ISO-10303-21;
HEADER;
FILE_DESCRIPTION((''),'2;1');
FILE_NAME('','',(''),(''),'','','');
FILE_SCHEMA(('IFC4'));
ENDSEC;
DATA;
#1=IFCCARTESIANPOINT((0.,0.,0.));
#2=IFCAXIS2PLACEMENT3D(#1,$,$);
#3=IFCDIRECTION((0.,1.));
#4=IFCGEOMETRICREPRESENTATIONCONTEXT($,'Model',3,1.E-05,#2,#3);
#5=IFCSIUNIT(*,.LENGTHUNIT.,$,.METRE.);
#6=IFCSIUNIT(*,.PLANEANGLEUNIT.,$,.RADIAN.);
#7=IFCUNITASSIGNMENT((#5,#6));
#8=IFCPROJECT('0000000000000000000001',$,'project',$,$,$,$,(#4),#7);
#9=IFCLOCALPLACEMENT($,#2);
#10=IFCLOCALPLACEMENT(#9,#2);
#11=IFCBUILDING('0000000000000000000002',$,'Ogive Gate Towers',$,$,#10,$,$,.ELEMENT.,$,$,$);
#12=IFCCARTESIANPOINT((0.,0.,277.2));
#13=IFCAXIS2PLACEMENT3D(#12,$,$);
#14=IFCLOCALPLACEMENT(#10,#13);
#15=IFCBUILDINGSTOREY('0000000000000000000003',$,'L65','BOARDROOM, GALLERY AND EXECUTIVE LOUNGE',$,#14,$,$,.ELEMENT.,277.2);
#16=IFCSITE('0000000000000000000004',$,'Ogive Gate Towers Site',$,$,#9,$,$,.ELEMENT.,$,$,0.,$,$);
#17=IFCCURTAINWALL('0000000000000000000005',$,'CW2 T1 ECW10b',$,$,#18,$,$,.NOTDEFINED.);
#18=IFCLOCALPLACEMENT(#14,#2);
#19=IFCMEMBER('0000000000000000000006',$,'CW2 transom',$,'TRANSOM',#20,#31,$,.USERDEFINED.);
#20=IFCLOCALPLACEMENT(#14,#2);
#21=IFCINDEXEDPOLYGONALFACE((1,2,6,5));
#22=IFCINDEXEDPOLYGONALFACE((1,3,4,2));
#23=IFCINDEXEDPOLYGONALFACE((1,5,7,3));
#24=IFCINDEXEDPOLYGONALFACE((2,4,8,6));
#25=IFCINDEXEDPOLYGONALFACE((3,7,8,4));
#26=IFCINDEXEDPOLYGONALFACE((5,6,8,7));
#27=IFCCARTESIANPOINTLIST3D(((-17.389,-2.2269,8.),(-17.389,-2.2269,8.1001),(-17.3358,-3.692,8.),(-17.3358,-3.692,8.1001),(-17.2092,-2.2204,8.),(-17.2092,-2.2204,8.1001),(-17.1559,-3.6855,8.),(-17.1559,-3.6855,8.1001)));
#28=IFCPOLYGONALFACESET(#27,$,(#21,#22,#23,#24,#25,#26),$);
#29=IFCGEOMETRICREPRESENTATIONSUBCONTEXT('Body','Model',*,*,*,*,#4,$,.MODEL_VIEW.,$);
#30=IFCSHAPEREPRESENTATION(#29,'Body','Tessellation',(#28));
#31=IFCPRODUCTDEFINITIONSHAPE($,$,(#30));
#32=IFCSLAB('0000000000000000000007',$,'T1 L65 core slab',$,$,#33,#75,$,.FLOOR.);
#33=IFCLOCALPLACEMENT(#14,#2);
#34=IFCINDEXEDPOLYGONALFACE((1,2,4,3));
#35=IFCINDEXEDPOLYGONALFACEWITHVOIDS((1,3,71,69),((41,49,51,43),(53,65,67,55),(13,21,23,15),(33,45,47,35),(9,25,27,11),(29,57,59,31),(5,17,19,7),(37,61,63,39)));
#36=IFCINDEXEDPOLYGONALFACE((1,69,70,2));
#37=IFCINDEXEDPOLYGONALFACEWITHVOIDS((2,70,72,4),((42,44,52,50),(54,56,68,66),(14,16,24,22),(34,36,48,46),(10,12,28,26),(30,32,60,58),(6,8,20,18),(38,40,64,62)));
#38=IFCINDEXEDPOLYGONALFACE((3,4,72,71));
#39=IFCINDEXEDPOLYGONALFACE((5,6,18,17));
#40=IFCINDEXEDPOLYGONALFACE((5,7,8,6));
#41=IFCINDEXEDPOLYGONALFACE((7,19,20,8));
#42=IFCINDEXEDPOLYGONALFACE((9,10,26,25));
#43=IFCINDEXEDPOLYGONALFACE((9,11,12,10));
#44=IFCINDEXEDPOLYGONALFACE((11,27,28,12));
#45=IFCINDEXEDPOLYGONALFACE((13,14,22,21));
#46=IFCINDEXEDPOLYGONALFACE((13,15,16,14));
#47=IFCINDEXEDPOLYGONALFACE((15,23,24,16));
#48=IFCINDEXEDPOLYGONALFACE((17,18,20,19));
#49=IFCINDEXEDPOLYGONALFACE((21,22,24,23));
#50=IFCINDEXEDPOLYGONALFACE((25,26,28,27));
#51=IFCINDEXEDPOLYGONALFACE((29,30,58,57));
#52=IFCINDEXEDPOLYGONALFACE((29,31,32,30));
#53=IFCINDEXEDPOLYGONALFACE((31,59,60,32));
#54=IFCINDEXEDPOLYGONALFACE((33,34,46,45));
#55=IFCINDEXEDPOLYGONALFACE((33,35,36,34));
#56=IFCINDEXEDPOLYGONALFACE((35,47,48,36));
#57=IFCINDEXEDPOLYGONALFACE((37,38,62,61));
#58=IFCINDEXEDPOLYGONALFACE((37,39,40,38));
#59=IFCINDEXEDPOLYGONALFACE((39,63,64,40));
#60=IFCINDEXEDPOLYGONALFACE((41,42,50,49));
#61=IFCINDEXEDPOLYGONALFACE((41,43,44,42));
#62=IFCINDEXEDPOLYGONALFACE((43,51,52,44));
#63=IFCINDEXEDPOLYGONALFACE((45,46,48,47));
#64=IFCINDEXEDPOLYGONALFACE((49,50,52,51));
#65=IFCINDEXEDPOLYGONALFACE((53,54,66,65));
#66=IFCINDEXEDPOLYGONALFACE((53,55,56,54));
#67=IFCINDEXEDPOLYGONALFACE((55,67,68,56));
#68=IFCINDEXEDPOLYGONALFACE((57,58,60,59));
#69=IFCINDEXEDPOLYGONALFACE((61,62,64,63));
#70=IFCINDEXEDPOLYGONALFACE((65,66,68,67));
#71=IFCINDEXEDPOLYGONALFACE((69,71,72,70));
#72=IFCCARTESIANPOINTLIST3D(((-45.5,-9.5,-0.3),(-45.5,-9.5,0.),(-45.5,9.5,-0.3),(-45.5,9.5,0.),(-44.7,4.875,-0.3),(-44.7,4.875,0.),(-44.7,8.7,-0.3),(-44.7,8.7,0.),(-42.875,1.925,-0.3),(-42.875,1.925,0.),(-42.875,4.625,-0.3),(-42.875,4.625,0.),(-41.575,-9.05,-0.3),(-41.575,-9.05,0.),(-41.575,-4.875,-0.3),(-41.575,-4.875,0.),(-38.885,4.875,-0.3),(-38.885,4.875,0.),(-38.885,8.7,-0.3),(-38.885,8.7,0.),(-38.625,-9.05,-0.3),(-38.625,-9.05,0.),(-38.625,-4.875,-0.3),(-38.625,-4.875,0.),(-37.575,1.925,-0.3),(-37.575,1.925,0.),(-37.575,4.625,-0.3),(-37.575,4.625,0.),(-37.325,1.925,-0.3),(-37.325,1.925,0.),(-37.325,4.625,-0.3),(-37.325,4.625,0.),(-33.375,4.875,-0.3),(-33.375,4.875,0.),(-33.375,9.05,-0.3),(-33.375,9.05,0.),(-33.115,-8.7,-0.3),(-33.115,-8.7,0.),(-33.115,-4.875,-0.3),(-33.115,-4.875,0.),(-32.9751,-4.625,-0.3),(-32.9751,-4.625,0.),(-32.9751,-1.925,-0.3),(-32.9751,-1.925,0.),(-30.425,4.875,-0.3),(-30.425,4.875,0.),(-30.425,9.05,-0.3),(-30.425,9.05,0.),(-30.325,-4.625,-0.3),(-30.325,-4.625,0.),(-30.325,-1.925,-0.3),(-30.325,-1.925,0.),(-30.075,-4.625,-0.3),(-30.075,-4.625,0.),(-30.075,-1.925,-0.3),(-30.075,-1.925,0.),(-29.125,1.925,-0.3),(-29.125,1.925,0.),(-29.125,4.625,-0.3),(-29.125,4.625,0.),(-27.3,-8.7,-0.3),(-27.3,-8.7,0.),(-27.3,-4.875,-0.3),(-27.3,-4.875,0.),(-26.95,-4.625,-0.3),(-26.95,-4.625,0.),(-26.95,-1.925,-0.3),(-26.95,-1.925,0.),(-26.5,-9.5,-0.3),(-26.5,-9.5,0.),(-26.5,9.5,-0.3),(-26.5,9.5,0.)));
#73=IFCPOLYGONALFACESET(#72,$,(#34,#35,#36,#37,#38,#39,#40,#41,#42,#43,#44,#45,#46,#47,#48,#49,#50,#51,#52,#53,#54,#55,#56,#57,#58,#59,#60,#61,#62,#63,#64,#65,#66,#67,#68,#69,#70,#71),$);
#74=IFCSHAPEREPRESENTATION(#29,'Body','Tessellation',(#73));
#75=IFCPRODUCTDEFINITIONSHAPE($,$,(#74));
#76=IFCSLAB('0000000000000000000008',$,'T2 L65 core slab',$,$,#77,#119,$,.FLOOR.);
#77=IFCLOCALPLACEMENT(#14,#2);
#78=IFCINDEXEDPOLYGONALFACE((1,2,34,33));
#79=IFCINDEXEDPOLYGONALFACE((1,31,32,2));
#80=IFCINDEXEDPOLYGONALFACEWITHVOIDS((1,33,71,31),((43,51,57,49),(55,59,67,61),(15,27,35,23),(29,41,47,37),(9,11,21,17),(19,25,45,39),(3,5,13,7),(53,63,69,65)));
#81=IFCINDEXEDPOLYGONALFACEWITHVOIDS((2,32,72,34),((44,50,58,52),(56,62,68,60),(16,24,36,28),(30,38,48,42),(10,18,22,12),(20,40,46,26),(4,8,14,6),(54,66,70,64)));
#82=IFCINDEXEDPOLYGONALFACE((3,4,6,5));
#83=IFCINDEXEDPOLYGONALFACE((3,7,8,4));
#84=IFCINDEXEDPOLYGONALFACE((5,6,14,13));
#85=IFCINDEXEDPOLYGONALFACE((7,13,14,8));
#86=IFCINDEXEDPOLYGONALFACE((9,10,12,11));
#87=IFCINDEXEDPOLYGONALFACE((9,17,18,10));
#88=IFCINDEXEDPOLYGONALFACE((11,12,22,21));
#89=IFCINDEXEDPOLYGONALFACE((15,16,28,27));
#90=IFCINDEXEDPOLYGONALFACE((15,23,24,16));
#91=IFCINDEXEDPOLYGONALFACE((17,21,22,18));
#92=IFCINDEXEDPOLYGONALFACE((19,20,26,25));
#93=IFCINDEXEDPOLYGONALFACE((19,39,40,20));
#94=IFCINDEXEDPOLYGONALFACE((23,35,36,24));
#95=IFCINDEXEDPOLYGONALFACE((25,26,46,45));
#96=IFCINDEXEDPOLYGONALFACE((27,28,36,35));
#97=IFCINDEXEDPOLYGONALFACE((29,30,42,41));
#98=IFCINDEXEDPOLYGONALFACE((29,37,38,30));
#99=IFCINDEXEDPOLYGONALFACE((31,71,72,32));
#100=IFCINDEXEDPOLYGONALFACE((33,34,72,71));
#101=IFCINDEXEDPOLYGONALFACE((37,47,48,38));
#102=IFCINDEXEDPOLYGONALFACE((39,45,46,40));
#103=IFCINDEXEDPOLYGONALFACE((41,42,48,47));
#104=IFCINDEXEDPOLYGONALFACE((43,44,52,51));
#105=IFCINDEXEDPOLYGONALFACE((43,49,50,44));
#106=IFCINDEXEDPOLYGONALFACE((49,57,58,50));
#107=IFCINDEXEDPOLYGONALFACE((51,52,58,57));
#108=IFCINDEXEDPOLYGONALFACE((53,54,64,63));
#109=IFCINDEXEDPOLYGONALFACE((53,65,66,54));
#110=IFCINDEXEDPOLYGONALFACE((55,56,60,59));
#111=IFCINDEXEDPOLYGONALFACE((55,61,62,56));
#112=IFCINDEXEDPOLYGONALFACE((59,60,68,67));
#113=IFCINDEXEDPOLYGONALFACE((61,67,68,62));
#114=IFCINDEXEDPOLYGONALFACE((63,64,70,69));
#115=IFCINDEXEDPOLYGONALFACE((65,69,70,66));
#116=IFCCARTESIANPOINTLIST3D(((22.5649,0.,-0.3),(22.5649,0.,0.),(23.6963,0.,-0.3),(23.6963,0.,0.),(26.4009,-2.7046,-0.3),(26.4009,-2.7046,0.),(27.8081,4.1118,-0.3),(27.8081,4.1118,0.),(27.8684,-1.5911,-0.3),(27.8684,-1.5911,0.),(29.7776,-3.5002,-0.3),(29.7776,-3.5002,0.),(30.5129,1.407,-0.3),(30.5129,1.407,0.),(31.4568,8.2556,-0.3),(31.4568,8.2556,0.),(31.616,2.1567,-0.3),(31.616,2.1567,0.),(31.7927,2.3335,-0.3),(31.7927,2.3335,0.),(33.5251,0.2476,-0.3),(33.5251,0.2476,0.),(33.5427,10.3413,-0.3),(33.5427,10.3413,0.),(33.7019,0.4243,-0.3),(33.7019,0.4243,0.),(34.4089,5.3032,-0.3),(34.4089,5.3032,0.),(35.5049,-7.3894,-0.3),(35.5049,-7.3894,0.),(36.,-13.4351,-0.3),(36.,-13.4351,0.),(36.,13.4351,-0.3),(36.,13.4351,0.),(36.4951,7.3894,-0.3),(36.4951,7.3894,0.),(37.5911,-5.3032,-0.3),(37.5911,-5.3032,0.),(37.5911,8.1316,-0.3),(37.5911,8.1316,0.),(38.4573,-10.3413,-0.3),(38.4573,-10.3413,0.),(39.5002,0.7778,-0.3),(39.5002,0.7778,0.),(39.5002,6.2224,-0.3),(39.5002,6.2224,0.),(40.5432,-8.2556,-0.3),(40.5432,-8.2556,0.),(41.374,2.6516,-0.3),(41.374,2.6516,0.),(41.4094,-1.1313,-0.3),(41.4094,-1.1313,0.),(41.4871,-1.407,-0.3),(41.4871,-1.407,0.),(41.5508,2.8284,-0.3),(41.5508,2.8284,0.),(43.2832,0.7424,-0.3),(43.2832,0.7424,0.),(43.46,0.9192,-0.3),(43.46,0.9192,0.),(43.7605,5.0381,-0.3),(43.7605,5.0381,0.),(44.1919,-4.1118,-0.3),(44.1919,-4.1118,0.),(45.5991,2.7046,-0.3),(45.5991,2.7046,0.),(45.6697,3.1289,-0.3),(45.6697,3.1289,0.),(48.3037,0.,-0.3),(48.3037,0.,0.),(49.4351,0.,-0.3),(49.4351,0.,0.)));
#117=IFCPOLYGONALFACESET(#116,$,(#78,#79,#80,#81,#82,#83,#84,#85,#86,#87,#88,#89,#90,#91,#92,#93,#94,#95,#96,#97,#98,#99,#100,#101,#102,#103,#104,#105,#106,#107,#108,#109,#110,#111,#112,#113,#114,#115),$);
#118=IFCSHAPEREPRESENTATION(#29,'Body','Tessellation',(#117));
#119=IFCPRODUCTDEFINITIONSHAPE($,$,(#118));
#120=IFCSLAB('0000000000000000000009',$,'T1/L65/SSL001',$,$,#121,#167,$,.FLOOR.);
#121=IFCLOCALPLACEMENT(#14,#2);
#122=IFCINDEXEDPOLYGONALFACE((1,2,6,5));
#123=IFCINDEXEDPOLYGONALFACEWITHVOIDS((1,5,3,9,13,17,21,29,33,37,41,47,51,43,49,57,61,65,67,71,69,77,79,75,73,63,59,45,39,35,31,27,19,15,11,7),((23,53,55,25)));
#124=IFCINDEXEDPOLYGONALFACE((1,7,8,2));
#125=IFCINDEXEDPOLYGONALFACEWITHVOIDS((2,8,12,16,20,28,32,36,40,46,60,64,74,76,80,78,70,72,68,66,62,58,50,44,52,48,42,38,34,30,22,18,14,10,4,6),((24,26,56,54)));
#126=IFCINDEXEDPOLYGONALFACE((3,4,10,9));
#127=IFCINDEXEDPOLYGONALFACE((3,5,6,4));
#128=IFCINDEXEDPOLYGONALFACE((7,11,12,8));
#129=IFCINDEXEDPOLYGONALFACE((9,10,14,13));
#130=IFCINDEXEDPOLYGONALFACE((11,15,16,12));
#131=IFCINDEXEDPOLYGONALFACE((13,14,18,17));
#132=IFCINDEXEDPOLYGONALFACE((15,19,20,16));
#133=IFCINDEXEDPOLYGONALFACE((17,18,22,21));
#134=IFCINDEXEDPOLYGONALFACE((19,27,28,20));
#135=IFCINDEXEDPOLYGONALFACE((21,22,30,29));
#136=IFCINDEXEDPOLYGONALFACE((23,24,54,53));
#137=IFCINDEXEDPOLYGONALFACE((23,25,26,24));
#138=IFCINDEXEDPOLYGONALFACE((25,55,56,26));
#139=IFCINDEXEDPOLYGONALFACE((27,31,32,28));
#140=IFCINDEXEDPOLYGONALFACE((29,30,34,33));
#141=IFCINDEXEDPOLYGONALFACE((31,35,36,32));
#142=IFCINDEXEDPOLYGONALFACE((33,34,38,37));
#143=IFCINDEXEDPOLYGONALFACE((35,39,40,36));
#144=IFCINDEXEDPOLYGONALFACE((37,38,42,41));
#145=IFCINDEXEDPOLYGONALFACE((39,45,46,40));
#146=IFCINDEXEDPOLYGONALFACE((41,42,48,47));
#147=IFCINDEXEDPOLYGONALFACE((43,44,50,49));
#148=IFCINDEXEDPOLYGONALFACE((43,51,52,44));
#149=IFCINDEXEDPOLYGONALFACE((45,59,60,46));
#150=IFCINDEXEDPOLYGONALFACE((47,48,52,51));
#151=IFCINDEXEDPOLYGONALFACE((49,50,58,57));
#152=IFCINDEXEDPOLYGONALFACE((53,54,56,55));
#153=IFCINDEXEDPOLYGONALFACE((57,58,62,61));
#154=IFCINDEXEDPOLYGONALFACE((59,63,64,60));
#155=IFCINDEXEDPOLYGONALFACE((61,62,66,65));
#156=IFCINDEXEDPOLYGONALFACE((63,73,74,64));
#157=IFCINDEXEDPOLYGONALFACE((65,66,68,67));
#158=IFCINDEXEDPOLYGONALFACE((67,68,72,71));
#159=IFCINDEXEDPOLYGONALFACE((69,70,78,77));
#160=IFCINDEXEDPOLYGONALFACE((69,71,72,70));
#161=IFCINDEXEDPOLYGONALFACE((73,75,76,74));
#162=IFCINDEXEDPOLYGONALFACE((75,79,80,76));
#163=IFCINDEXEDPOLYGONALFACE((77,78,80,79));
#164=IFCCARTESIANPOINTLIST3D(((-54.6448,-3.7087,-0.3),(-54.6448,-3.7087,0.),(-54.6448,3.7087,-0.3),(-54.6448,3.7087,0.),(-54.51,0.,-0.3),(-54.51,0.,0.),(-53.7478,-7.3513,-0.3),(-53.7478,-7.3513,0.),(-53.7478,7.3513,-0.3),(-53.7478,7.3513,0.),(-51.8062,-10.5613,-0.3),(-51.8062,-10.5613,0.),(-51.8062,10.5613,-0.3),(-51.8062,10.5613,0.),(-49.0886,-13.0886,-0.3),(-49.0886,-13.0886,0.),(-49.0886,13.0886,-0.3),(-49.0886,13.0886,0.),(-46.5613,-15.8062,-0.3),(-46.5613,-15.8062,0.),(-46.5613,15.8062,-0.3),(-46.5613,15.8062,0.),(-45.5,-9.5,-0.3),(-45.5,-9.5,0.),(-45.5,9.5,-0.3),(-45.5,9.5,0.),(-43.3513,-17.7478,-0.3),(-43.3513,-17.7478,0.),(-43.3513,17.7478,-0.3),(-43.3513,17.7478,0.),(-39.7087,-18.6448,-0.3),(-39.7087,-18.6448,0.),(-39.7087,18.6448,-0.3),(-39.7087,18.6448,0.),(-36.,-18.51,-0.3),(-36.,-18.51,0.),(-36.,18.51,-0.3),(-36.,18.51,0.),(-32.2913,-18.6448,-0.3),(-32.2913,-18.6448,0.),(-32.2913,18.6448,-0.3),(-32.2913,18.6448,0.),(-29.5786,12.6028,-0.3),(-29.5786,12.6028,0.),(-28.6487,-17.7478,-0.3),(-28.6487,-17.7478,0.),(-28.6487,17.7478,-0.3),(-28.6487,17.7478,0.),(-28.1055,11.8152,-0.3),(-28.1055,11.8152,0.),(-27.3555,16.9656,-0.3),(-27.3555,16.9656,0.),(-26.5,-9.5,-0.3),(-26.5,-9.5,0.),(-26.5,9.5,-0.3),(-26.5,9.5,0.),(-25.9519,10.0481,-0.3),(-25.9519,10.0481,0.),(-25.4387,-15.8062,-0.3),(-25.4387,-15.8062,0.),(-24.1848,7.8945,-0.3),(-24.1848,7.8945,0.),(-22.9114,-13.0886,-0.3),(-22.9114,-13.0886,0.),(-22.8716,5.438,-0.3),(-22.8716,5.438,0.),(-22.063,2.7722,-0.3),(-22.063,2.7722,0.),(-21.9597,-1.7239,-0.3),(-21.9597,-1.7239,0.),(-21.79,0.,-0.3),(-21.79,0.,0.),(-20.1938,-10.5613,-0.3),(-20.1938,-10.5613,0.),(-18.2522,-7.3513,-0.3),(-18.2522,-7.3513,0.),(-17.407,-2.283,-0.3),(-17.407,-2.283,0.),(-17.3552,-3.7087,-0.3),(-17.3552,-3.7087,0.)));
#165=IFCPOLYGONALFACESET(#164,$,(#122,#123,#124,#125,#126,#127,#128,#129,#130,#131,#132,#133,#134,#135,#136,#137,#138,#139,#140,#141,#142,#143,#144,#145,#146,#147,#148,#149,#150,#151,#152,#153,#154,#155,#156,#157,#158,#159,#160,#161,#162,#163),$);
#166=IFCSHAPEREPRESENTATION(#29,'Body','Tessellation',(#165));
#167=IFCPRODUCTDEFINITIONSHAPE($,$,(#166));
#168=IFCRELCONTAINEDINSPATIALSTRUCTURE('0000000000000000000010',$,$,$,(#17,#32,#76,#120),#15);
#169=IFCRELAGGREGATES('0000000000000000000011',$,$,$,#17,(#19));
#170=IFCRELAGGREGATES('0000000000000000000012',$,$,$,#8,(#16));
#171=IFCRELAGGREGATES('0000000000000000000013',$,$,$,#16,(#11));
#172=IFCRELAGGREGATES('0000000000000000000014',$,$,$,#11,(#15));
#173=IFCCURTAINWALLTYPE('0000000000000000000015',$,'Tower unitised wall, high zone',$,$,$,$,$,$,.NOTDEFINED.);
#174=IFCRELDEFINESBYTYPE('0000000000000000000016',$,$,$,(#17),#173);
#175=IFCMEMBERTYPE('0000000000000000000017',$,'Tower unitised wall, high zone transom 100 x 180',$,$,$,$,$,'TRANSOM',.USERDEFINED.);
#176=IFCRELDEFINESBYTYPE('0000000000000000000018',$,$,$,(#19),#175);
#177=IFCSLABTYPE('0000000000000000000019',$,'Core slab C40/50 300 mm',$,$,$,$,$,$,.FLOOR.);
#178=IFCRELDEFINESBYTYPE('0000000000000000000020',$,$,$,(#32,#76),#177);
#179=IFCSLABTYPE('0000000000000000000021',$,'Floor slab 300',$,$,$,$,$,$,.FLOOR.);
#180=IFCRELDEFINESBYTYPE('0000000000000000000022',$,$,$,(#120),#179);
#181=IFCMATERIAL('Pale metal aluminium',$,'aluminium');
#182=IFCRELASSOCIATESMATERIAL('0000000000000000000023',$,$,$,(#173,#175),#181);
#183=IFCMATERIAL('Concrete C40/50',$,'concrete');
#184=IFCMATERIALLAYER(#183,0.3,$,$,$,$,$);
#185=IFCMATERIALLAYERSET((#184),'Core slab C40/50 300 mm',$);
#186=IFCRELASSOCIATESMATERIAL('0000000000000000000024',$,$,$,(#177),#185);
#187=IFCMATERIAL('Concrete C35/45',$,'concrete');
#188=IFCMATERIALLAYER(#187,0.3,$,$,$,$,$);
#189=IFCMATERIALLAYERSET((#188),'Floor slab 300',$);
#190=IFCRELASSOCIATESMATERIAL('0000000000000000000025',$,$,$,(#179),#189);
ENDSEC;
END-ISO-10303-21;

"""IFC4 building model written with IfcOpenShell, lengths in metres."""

from ifc_helpers import new_model, si_unit, direction, frame, origin, origin_2d, place, context, subcontext, project, spatial, polyline, rectangle, outline, extrude, material, layer, layer_set, material_profile, profile_set, type_object, element, aggregate, save


model = new_model("IFC4")

# Units and contexts
model_context = context("Model", 3, precision=1e-05, world=origin(), true_north=direction((0.0, 1.0)))
body_context = subcontext(model_context, "Body", "Model", "MODEL_VIEW")
ifc_project = project(units=[si_unit("LENGTHUNIT", "METRE"), si_unit("PLANEANGLEUNIT", "RADIAN")], contexts=[model_context])

# Site, building, storey
site_placement = place(None, origin())
site = spatial("IfcSite", under=ifc_project, at=site_placement, Name="Ogive Gate Towers Site", CompositionType="ELEMENT", RefElevation=0.0)
building_placement = place(site_placement, origin())
building = spatial("IfcBuilding", under=site, at=building_placement, Name="Ogive Gate Towers", CompositionType="ELEMENT")
storey_placement = place(building_placement, frame((0.0, 0.0, 277.2)))
storey = spatial("IfcBuildingStorey", under=building, at=storey_placement, Name="L65", Description="BOARDROOM, GALLERY AND EXECUTIVE LOUNGE", CompositionType="ELEMENT", Elevation=277.2)

# Shared definitions
ifc_material_1 = material(Name="Pale metal aluminium", Category="aluminium")
curtain_wall_type_1 = type_object("IfcCurtainWallType", Name="Tower unitised wall, high zone", PredefinedType="NOTDEFINED", material=ifc_material_1)
ifc_material_profile_1 = material_profile(ifc_material_1, rectangle(XDim=0.1799, YDim=0.1001, at=origin_2d()), Name="100 x 180 aluminium box")
ifc_profile_set_1 = profile_set([ifc_material_profile_1], Name="Pale metal aluminium")
member_type_1 = type_object("IfcMemberType", Name="Tower unitised wall, high zone transom 100 x 180", ElementType="TRANSOM", PredefinedType="USERDEFINED", material=ifc_profile_set_1)

# Curtain wall, member
curtain_wall_1_placement = place(storey_placement, origin())
curtain_wall_1 = element("IfcCurtainWall", 1, at=curtain_wall_1_placement, inside=storey, type_object=curtain_wall_type_1, Name="CW2 T1 ECW10b", PredefinedType="NOTDEFINED")
member_1_placement = place(storey_placement, frame((-17.2991, -2.2236, 8.05), z_axis=(0.036303, -0.999341, 0.0), x_axis=(0.999341, 0.036303, 0.0)))
member_1 = element("IfcMember", 2, at=member_1_placement, type_object=member_type_1, Name="CW2 transom", ObjectType="TRANSOM", PredefinedType="USERDEFINED", context=body_context, shape_type="SweptSolid", body=[
    extrude(rectangle(XDim=0.1799, YDim=0.1001, at=origin_2d()), origin(), (0.0, 0.0, 1.0), 1.4661),
])

# Slabs
ifc_material_2 = material(Name="Concrete C40/50", Category="concrete")
ifc_layer_1 = layer(ifc_material_2, 0.3)
ifc_layer_set_1 = layer_set([ifc_layer_1], Name="Core slab C40/50 300 mm")
slab_type_1 = type_object("IfcSlabType", Name="Core slab C40/50 300 mm", PredefinedType="FLOOR", material=ifc_layer_set_1)
slab_1_placement = place(storey_placement, frame((0.0, 0.0, -0.3)))
element("IfcSlab", 3, at=slab_1_placement, inside=storey, type_object=slab_type_1, Name="T1 L65 core slab", PredefinedType="FLOOR", context=body_context, shape_type="SweptSolid", body=[
    extrude(outline(polyline([(-45.5, -9.5), (-45.5, 9.5), (-26.5, 9.5), (-26.5, -9.5), (-45.5, -9.5)]), holes=[polyline([(-42.875, 1.925), (-37.575, 1.925), (-37.575, 4.625), (-42.875, 4.625), (-42.875, 1.925)]), polyline([(-37.325, 4.625), (-37.325, 1.925), (-29.125, 1.925), (-29.125, 4.625), (-37.325, 4.625)]), polyline([(-30.325, -1.925), (-32.9751, -1.925), (-32.9751, -4.625), (-30.325, -4.625), (-30.325, -1.925)]), polyline([(-26.95, -4.625), (-26.95, -1.925), (-30.075, -1.925), (-30.075, -4.625), (-26.95, -4.625)]), polyline([(-33.375, 4.875), (-30.425, 4.875), (-30.425, 9.05), (-33.375, 9.05), (-33.375, 4.875)]), polyline([(-41.575, -4.875), (-41.575, -9.05), (-38.625, -9.05), (-38.625, -4.875), (-41.575, -4.875)]), polyline([(-44.7, 4.875), (-38.885, 4.875), (-38.885, 8.7), (-44.7, 8.7), (-44.7, 4.875)]), polyline([(-27.3, -8.7), (-27.3, -4.875), (-33.115, -4.875), (-33.115, -8.7), (-27.3, -8.7)])]), origin(), (0.0, 0.0, 1.0), 0.3),
])
slab_2_placement = place(storey_placement, frame((0.0, 0.0, -0.3)))
element("IfcSlab", 4, at=slab_2_placement, inside=storey, type_object=slab_type_1, Name="T2 L65 core slab", PredefinedType="FLOOR", context=body_context, shape_type="SweptSolid", body=[
    extrude(outline(polyline([(36.0, -13.4351), (22.5649, 0.0), (36.0, 13.4351), (49.4351, 0.0), (36.0, -13.4351)]), holes=[polyline([(29.7776, -3.5002), (33.5251, 0.2476), (31.616, 2.1567), (27.8684, -1.5911), (29.7776, -3.5002)]), polyline([(31.7927, 2.3335), (33.7019, 0.4243), (39.5002, 6.2224), (37.5911, 8.1316), (31.7927, 2.3335)]), polyline([(41.374, 2.6516), (39.5002, 0.7778), (41.4094, -1.1313), (43.2832, 0.7424), (41.374, 2.6516)]), polyline([(45.6697, 3.1289), (43.7605, 5.0381), (41.5508, 2.8284), (43.46, 0.9192), (45.6697, 3.1289)]), polyline([(34.4089, 5.3032), (36.4951, 7.3894), (33.5427, 10.3413), (31.4568, 8.2556), (34.4089, 5.3032)]), polyline([(35.5049, -7.3894), (38.4573, -10.3413), (40.5432, -8.2556), (37.5911, -5.3032), (35.5049, -7.3894)]), polyline([(26.4009, -2.7046), (30.5129, 1.407), (27.8081, 4.1118), (23.6963, 0.0), (26.4009, -2.7046)]), polyline([(48.3037, 0.0), (45.5991, 2.7046), (41.4871, -1.407), (44.1919, -4.1118), (48.3037, 0.0)])]), origin(), (0.0, 0.0, 1.0), 0.3),
])
ifc_material_3 = material(Name="Concrete C35/45", Category="concrete")
ifc_layer_2 = layer(ifc_material_3, 0.3)
ifc_layer_set_2 = layer_set([ifc_layer_2], Name="Floor slab 300")
slab_type_2 = type_object("IfcSlabType", Name="Floor slab 300", PredefinedType="FLOOR", material=ifc_layer_set_2)
slab_3_placement = place(storey_placement, frame((0.0, 0.0, -0.3)))
element("IfcSlab", 5, at=slab_3_placement, inside=storey, type_object=slab_type_2, Name="T1/L65/SSL001", PredefinedType="FLOOR", context=body_context, shape_type="SweptSolid", body=[
    extrude(outline(polyline([(-18.2522, -7.3513), (-17.3552, -3.7087), (-17.407, -2.283), (-21.9597, -1.7239), (-21.79, 0.0), (-22.063, 2.7722), (-22.8716, 5.438), (-24.1848, 7.8945), (-25.9519, 10.0481), (-28.1055, 11.8152), (-29.5786, 12.6028), (-27.3555, 16.9656), (-25.4387, 15.8062), (-28.6487, 17.7478), (-32.2913, 18.6448), (-36.0, 18.51), (-39.7087, 18.6448), (-43.3513, 17.7478), (-46.5613, 15.8062), (-49.0886, 13.0886), (-51.8062, 10.5613), (-53.7478, 7.3513), (-54.6448, 3.7087), (-54.51, 0.0), (-54.6448, -3.7087), (-53.7478, -7.3513), (-51.8062, -10.5613), (-49.0886, -13.0886), (-46.5613, -15.8062), (-43.3513, -17.7478), (-39.7087, -18.6448), (-36.0, -18.51), (-32.2913, -18.6448), (-28.6487, -17.7478), (-25.4387, -15.8062), (-22.9114, -13.0886), (-20.1938, -10.5613), (-18.2522, -7.3513)]), holes=[polyline([(-26.5, -9.5), (-45.5, -9.5), (-45.5, 9.5), (-26.5, 9.5), (-26.5, -9.5)])]), origin(), (0.0, 0.0, 1.0), 0.3),
])

aggregate(curtain_wall_1, [member_1])

save(model, "model.ifc")
